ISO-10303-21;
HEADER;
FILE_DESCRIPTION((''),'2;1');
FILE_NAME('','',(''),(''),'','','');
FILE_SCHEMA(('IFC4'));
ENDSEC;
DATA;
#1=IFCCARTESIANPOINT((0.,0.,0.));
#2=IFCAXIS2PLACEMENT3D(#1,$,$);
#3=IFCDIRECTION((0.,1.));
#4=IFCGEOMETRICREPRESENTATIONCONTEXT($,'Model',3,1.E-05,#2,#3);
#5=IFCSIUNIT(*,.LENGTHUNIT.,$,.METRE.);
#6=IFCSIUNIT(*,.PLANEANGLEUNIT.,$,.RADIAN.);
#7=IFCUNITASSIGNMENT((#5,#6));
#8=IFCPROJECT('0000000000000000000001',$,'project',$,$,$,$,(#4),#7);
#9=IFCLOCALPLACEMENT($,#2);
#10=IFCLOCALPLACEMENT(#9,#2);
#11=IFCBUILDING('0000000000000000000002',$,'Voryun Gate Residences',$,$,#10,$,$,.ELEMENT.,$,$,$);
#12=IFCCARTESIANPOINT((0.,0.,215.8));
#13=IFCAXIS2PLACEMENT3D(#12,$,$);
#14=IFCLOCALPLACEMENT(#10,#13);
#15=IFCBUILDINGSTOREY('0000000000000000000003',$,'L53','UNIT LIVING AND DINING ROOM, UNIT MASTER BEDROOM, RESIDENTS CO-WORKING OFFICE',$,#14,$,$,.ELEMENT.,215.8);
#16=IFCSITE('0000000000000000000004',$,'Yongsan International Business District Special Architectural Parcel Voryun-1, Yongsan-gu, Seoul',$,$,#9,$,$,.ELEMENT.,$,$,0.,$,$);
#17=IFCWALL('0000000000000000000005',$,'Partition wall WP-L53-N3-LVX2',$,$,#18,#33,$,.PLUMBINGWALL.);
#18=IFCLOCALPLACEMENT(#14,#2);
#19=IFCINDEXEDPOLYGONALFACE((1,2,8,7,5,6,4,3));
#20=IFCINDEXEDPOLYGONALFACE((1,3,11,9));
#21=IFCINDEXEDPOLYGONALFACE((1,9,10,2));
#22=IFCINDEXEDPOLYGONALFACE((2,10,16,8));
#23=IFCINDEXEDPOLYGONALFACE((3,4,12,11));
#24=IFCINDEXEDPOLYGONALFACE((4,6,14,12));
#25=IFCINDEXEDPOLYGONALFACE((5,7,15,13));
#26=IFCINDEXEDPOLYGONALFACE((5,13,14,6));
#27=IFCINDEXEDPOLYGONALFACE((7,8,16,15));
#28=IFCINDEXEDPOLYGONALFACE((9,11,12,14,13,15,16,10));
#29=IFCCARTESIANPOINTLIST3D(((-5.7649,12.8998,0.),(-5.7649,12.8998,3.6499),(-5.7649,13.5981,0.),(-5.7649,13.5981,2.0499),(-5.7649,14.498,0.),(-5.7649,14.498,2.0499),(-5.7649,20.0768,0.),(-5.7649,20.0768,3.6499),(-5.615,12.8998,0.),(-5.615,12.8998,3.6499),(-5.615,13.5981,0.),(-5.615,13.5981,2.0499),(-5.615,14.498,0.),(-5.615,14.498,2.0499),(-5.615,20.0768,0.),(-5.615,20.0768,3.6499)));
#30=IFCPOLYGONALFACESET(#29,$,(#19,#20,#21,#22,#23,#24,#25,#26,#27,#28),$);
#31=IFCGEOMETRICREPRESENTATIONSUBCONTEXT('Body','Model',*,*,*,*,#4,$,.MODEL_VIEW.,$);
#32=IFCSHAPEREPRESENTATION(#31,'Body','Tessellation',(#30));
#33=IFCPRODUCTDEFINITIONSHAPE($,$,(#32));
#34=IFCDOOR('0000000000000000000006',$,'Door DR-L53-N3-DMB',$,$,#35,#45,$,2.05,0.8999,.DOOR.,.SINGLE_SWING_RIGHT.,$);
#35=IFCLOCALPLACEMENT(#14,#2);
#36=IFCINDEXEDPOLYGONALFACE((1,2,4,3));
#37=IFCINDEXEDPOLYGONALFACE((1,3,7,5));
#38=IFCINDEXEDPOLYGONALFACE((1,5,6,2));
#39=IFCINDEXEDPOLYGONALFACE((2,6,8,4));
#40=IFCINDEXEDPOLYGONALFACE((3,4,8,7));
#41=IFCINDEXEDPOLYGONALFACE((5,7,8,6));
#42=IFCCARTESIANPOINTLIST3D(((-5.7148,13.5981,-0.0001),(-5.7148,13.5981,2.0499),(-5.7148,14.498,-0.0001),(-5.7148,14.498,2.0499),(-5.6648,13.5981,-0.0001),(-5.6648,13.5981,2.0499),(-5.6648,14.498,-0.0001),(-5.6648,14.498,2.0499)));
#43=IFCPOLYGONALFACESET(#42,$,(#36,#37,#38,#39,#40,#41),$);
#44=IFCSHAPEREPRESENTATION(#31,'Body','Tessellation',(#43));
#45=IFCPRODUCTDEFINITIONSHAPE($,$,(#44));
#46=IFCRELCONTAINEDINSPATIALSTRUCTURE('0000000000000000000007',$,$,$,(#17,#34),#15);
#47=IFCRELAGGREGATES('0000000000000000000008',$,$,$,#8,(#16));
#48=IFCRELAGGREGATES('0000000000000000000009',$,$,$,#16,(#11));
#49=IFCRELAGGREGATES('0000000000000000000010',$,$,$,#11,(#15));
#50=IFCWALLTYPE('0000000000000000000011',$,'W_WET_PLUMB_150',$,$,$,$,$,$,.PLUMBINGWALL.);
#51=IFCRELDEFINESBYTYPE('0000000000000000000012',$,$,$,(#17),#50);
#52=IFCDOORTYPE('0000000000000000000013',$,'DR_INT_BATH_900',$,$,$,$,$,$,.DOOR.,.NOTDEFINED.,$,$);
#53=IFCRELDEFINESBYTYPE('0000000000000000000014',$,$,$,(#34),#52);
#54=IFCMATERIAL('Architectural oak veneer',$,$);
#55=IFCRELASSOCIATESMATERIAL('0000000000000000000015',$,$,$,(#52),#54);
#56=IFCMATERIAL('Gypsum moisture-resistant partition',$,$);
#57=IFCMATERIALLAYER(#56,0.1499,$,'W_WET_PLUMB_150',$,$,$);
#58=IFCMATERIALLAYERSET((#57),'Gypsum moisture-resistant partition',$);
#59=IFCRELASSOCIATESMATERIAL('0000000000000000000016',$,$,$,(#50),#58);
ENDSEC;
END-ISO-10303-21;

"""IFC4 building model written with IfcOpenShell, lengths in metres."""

from ifc_helpers import new_model, si_unit, direction, frame, frame_2d, origin, place, context, subcontext, project, spatial, rectangle, extrude, material, layer, layer_set, type_object, element, fill, save


model = new_model("IFC4")

# Units and contexts
model_context = context("Model", 3, precision=1e-05, world=origin(), true_north=direction((0.0, 1.0)))
body_context = subcontext(model_context, "Body", "Model", "MODEL_VIEW")
ifc_project = project(units=[si_unit("LENGTHUNIT", "METRE"), si_unit("PLANEANGLEUNIT", "RADIAN")], contexts=[model_context])

# Site, building, storey
site_placement = place(None, origin())
site = spatial("IfcSite", under=ifc_project, at=site_placement, Name="Yongsan International Business District Special Architectural Parcel Voryun-1, Yongsan-gu, Seoul", CompositionType="ELEMENT", RefElevation=0.0)
building_placement = place(site_placement, origin())
building = spatial("IfcBuilding", under=site, at=building_placement, Name="Voryun Gate Residences", CompositionType="ELEMENT")
storey_placement = place(building_placement, frame((0.0, 0.0, 215.8)))
storey = spatial("IfcBuildingStorey", under=building, at=storey_placement, Name="L53", Description="UNIT LIVING AND DINING ROOM, UNIT MASTER BEDROOM, RESIDENTS CO-WORKING OFFICE", CompositionType="ELEMENT", Elevation=215.8)

# Shared definitions
ifc_material_1 = material(Name="Architectural oak veneer")
door_type_1 = type_object("IfcDoorType", Name="DR_INT_BATH_900", OperationType="NOTDEFINED", PredefinedType="DOOR", material=ifc_material_1)

# Shared definitions
ifc_material_2 = material(Name="Gypsum moisture-resistant partition")
ifc_layer_1 = layer(ifc_material_2, 0.1499, Name="W_WET_PLUMB_150")
ifc_layer_set_1 = layer_set([ifc_layer_1], Name="Gypsum moisture-resistant partition")
wall_type_1 = type_object("IfcWallType", Name="W_WET_PLUMB_150", PredefinedType="PLUMBINGWALL", material=ifc_layer_set_1)

# Wall, opening, door
wall_1_placement = place(storey_placement, frame((-5.6899, 12.8999, 0.0), z_axis=(0.0, 0.0, 1.0), x_axis=(0.0, 1.0, 0.0)))
wall_1 = element("IfcWall", 1, at=wall_1_placement, inside=storey, type_object=wall_type_1, Name="Partition wall WP-L53-N3-LVX2", PredefinedType="PLUMBINGWALL", context=body_context, shape_type="SweptSolid", body=[
    extrude(rectangle(XDim=7.177, YDim=0.1499, at=frame_2d((3.5884, 0.0))), origin(), (0.0, 0.0, 1.0), 3.6499),
])
opening_1_placement = place(wall_1_placement, frame((0.6982, 0.0, 0.0)))
opening_1 = element("IfcOpeningElement", 2, at=opening_1_placement, cuts=wall_1, PredefinedType="OPENING", context=body_context, shape_type="SweptSolid", body=[
    extrude(rectangle(XDim=0.8999, YDim=2.05, at=frame_2d((0.45, 1.0249))), frame((0.0, 0.085, 0.0), z_axis=(0.0, -1.0, 0.0), x_axis=(1.0, 0.0, 0.0)), (0.0, 0.0, 1.0), 0.1699),
])
door_1_placement = place(opening_1_placement, origin())
door_1 = element("IfcDoor", 3, at=door_1_placement, inside=storey, type_object=door_type_1, Name="Door DR-L53-N3-DMB", OperationType="SINGLE_SWING_RIGHT", OverallHeight=2.05, OverallWidth=0.8999, PredefinedType="DOOR", context=body_context, shape_type="SweptSolid", body=[
    extrude(rectangle(XDim=0.8999, YDim=2.05, at=frame_2d((0.45, 1.0249))), frame((0.0, 0.0249, 0.0), z_axis=(0.0, -1.0, 0.0), x_axis=(1.0, 0.0, 0.0)), (0.0, 0.0, 1.0), 0.05),
])
fill(opening_1, door_1)

save(model, "model.ifc")
